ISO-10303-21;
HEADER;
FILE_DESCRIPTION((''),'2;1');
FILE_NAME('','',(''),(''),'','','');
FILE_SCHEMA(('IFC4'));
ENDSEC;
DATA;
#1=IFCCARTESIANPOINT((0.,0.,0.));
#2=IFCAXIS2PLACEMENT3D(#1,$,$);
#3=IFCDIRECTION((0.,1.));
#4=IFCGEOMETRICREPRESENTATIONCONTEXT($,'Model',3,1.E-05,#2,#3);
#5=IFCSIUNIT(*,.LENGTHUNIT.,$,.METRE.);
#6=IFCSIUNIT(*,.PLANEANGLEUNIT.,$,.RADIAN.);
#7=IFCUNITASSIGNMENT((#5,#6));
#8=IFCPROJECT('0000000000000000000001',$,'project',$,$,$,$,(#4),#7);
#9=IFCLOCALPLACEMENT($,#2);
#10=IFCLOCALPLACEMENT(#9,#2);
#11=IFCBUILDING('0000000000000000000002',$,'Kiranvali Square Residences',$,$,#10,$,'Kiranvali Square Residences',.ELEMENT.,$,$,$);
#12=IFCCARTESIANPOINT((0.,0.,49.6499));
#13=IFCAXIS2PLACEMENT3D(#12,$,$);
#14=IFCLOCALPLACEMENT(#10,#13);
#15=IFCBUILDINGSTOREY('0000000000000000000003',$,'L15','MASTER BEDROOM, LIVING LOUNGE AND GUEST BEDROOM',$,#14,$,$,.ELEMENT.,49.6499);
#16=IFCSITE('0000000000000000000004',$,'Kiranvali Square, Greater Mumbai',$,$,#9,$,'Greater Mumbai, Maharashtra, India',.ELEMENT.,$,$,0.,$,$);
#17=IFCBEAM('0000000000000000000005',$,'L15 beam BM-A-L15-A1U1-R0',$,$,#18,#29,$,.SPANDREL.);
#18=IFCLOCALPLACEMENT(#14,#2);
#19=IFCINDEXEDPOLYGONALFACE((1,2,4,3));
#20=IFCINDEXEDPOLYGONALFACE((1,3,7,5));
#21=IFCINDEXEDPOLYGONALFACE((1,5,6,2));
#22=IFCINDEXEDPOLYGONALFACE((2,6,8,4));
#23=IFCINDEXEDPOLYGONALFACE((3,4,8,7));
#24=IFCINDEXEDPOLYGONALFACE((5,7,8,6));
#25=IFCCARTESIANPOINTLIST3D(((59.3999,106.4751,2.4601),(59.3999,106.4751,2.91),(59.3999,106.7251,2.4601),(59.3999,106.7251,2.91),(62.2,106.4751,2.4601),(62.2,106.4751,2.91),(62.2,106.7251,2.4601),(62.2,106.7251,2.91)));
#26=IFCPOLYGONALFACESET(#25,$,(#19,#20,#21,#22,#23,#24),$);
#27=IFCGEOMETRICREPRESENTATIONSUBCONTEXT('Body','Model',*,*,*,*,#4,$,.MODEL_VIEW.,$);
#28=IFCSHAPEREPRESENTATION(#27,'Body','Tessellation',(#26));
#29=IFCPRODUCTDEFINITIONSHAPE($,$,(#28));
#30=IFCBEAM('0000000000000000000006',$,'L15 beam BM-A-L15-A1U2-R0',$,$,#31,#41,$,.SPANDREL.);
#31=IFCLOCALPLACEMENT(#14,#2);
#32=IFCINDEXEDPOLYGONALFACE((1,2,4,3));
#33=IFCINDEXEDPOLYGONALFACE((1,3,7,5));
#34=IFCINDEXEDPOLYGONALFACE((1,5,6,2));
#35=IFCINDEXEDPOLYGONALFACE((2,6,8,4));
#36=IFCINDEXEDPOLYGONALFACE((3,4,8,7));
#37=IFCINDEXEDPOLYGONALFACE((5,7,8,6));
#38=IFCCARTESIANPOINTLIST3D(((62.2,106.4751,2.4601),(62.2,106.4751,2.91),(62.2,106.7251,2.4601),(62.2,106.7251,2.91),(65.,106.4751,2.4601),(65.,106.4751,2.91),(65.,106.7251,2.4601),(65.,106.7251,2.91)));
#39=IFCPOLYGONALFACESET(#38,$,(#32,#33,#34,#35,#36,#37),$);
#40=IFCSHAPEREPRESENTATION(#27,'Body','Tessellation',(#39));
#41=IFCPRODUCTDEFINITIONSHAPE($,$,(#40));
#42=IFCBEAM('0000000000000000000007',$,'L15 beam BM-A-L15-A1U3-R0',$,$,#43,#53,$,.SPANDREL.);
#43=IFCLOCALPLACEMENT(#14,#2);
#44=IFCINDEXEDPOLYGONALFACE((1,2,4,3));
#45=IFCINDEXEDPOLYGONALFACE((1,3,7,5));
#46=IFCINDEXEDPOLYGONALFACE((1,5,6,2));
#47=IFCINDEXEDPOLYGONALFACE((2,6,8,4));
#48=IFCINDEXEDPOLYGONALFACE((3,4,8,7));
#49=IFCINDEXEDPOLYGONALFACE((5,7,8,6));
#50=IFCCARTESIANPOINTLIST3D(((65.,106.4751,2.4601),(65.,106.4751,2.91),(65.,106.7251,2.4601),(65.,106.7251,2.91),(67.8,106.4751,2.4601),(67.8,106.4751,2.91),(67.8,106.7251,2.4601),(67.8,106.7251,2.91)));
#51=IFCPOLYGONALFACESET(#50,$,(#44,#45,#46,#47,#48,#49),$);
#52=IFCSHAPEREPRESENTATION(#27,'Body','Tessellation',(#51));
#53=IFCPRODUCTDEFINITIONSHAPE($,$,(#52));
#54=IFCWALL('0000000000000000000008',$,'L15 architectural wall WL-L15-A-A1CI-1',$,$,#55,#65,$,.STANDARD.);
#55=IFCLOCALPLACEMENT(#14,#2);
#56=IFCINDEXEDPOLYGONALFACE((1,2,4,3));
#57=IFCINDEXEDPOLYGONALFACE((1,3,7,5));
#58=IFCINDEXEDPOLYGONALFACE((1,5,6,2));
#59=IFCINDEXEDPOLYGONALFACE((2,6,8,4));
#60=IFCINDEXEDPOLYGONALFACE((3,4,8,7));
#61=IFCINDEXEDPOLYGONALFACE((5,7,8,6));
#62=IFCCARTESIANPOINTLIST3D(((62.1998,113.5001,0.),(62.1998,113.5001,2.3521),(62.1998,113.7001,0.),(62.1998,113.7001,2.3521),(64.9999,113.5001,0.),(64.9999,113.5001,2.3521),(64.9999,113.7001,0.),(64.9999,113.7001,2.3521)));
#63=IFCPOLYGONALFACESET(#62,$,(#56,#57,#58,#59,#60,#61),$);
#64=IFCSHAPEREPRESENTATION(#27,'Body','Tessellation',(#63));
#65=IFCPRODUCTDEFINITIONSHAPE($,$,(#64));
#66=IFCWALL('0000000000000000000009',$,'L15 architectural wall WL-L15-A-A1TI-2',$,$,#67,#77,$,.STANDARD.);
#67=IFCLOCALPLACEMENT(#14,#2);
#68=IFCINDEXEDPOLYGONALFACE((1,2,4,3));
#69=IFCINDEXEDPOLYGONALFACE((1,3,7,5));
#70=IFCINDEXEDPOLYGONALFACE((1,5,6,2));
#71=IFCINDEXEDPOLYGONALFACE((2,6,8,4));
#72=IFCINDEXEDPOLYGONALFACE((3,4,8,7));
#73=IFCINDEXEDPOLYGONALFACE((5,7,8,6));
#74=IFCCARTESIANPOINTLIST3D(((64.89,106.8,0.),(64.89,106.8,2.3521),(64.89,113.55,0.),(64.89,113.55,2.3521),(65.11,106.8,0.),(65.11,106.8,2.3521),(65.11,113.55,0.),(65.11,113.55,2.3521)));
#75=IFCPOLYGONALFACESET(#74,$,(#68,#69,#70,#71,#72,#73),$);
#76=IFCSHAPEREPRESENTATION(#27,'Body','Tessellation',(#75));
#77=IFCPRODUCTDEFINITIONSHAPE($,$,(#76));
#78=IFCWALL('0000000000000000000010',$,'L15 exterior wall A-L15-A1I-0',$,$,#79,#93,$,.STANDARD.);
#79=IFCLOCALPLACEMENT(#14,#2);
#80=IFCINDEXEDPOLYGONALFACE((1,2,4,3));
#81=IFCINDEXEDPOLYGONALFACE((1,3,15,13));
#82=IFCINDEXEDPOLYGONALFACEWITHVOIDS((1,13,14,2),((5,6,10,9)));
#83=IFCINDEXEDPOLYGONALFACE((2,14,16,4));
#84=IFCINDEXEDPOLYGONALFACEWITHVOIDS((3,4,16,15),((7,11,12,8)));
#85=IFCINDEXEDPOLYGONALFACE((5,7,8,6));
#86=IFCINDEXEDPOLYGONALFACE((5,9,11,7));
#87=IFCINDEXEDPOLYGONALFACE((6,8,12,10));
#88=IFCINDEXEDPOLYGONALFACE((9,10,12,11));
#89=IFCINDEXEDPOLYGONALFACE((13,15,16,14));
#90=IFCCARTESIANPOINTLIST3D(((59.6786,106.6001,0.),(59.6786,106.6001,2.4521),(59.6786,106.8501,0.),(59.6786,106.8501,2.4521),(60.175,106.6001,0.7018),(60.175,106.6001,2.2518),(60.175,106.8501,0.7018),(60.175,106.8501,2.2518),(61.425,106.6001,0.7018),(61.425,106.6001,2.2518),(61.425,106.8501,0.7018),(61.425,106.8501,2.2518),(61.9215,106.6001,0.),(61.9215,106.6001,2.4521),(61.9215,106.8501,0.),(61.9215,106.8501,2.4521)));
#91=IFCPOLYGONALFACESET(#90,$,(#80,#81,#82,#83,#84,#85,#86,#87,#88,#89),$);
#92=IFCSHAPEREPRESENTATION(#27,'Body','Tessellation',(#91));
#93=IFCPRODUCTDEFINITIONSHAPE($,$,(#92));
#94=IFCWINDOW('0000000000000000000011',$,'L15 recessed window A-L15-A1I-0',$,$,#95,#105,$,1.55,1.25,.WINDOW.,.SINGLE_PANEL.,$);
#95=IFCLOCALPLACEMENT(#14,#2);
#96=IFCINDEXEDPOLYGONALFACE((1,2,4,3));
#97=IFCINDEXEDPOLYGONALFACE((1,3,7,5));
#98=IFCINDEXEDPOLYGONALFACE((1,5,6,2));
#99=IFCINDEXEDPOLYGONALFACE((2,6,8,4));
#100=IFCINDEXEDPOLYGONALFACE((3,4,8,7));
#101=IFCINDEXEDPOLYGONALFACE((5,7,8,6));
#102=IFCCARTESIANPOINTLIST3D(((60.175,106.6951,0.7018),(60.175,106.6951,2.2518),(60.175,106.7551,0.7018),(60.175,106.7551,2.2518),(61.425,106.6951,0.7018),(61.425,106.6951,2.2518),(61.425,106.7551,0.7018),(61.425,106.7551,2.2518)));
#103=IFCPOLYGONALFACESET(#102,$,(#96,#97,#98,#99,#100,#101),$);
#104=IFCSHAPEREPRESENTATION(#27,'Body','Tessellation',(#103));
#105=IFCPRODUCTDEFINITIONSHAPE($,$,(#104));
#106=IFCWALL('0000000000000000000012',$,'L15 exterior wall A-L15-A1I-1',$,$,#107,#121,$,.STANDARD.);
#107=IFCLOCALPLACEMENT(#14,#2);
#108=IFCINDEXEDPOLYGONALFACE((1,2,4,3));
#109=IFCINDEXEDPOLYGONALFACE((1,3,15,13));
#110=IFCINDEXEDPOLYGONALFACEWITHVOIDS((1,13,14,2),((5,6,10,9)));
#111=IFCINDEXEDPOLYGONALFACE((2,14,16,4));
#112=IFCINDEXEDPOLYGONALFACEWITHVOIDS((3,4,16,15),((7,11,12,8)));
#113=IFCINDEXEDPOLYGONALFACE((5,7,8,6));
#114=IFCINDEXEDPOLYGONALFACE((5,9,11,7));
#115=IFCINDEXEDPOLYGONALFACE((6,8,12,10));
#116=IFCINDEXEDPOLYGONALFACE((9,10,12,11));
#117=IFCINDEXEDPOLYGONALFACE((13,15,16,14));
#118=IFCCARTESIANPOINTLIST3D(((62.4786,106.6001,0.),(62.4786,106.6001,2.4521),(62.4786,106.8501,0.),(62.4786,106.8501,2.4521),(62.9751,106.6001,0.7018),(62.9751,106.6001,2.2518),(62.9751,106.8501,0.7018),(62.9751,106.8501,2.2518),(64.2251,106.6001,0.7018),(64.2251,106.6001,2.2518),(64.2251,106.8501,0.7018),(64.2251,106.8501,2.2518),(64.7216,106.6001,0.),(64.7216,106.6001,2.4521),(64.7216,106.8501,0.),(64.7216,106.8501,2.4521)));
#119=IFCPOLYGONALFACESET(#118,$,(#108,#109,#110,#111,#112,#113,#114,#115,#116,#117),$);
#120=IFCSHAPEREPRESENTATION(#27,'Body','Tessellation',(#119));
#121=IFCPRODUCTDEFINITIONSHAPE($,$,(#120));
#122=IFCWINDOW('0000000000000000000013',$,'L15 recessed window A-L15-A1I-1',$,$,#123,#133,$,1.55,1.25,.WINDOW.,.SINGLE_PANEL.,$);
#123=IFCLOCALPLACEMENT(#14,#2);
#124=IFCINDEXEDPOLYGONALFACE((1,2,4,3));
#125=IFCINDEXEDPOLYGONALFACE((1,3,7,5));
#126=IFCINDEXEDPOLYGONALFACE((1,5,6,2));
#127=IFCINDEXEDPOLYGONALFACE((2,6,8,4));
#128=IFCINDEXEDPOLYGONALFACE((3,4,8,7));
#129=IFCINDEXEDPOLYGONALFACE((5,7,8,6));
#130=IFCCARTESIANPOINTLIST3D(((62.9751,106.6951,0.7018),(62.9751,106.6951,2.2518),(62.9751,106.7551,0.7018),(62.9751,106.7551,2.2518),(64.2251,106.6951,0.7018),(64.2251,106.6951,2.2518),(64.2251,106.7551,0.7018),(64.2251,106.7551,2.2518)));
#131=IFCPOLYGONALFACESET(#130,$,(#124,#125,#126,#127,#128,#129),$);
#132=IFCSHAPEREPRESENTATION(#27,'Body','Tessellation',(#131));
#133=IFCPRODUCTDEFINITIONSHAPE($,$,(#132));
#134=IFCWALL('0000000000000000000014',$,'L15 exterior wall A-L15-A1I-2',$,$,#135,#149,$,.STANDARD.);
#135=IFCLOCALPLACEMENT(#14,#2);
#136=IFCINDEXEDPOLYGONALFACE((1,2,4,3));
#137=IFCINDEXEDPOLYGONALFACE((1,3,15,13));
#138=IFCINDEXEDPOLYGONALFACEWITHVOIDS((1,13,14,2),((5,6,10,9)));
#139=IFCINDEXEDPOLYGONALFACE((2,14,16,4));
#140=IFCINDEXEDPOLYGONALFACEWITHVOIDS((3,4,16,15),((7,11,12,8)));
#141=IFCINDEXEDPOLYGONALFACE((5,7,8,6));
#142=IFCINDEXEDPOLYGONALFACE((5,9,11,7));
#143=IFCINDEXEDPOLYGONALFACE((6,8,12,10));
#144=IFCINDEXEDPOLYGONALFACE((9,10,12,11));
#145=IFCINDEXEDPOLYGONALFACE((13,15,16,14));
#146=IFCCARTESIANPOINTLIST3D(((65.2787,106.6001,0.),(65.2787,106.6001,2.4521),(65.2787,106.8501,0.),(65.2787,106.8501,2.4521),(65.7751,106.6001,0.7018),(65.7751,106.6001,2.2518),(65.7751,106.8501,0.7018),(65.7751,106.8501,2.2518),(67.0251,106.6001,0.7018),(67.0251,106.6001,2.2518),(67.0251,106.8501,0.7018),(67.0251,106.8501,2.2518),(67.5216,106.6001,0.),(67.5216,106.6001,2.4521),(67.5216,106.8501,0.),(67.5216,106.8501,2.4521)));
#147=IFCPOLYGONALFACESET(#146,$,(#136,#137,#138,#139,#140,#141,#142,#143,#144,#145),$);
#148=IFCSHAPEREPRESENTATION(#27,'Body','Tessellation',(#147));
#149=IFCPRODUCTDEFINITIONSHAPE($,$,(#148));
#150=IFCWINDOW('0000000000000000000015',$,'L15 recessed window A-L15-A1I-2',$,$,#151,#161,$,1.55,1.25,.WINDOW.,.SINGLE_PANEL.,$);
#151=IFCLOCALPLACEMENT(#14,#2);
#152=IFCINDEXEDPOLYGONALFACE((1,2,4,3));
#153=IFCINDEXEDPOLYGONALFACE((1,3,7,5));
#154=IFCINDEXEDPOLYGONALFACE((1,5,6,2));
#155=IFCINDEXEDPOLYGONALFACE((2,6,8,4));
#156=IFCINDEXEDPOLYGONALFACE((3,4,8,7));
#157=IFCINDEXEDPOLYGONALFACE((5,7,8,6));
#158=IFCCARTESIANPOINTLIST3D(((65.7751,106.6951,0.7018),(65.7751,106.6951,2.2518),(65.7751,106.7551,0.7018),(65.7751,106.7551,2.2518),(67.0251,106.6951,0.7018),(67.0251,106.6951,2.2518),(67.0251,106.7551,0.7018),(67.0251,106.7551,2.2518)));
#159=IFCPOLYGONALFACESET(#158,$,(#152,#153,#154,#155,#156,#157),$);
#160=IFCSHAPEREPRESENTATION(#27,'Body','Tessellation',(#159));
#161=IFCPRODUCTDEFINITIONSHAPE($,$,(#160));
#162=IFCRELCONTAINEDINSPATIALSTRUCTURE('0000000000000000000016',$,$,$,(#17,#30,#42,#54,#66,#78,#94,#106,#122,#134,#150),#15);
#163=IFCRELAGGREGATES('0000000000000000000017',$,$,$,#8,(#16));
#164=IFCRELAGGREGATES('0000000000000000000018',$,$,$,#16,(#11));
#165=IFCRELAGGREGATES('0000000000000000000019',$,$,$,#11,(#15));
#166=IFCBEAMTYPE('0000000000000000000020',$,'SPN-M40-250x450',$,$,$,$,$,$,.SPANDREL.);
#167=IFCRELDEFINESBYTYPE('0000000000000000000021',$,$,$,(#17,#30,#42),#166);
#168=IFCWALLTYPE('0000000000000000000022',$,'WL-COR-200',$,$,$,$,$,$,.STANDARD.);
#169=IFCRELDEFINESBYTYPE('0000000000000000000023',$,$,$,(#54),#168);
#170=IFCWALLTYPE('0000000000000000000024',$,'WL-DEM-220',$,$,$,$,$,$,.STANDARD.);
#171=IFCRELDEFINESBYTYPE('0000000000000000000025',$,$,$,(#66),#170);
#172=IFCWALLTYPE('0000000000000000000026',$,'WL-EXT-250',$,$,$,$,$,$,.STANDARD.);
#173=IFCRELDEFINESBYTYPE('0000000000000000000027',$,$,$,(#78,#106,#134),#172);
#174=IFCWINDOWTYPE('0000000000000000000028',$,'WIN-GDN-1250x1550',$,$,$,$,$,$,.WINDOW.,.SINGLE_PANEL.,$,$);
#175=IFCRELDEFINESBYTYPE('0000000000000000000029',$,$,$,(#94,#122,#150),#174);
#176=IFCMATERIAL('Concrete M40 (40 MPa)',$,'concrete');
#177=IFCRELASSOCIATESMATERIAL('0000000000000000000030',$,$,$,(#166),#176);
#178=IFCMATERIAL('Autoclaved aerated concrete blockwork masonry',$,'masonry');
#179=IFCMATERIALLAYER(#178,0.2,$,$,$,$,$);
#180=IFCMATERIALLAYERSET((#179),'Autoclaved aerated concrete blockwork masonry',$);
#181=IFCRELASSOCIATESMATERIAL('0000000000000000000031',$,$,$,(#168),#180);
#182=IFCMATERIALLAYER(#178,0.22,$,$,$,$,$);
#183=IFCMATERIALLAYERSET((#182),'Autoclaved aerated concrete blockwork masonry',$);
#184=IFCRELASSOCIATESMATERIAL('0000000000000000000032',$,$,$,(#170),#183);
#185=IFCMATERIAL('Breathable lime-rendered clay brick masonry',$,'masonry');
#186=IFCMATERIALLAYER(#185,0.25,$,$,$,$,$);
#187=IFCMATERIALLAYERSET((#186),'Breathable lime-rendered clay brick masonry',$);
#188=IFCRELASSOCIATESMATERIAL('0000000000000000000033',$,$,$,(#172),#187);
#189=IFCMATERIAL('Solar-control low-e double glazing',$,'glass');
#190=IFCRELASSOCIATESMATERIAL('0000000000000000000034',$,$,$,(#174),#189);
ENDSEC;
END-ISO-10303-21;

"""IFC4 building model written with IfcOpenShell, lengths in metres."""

from ifc_helpers import new_model, si_unit, direction, frame, frame_2d, origin, origin_2d, place, context, subcontext, project, spatial, rectangle, extrude, material, layer, layer_set, material_profile, profile_set, type_object, element, fill, save


model = new_model("IFC4")

# Units and contexts
model_context = context("Model", 3, precision=1e-05, world=origin(), true_north=direction((0.0, 1.0)))
body_context = subcontext(model_context, "Body", "Model", "MODEL_VIEW")
ifc_project = project(units=[si_unit("LENGTHUNIT", "METRE"), si_unit("PLANEANGLEUNIT", "RADIAN")], contexts=[model_context])

# Site, building, storey
site_placement = place(None, origin())
site = spatial("IfcSite", under=ifc_project, at=site_placement, Name="Kiranvali Square, Greater Mumbai", LongName="Greater Mumbai, Maharashtra, India", CompositionType="ELEMENT", RefElevation=0.0)
building_placement = place(site_placement, origin())
building = spatial("IfcBuilding", under=site, at=building_placement, Name="Kiranvali Square Residences", LongName="Kiranvali Square Residences", CompositionType="ELEMENT")
storey_placement = place(building_placement, frame((0.0, 0.0, 49.6499)))
storey = spatial("IfcBuildingStorey", under=building, at=storey_placement, Name="L15", Description="MASTER BEDROOM, LIVING LOUNGE AND GUEST BEDROOM", CompositionType="ELEMENT", Elevation=49.6499)

# Shared definitions
ifc_material_1 = material(Name="Concrete M40 (40 MPa)", Category="concrete")

# Beams
ifc_material_profile_1 = material_profile(ifc_material_1, rectangle(XDim=0.25, YDim=0.45, at=origin_2d()), Name="RC 250x450")
ifc_profile_set_1 = profile_set([ifc_material_profile_1], Name="Concrete M40 (40 MPa)")
beam_type_1 = type_object("IfcBeamType", Name="SPN-M40-250x450", PredefinedType="SPANDREL", material=ifc_profile_set_1)
for number, where, z_axis, x_axis, name in (
    (1, (59.3999, 106.6001, 2.6851), (1.0, 0.0, 0.0), (0.0, 1.0, 0.0), "L15 beam BM-A-L15-A1U1-R0"),
    (2, (62.2, 106.6001, 2.6851), (1.0, 0.0, 0.0), (0.0, 1.0, 0.0), "L15 beam BM-A-L15-A1U2-R0"),
    (3, (65.0, 106.6001, 2.6851), (1.0, 0.0, 0.0), (0.0, 1.0, 0.0), "L15 beam BM-A-L15-A1U3-R0"),
):
    element("IfcBeam", number, at=place(storey_placement, frame(where, z_axis=z_axis, x_axis=x_axis)), inside=storey, type_object=beam_type_1, Name=name, PredefinedType="SPANDREL", context=body_context, shape_type="SweptSolid", body=[
        extrude(rectangle(XDim=0.25, YDim=0.45, at=origin_2d()), origin(), (0.0, 0.0, 1.0), 2.8),
    ])

# Shared definitions
ifc_material_2 = material(Name="Autoclaved aerated concrete blockwork masonry", Category="masonry")
ifc_layer_1 = layer(ifc_material_2, 0.2)
ifc_layer_set_1 = layer_set([ifc_layer_1], Name="Autoclaved aerated concrete blockwork masonry")
wall_type_1 = type_object("IfcWallType", Name="WL-COR-200", PredefinedType="STANDARD", material=ifc_layer_set_1)

# Walls
wall_1_placement = place(storey_placement, frame((62.2, 113.6001, 0.0), z_axis=(0.0, 0.0, 1.0), x_axis=(1.0, 0.0, 0.0)))
element("IfcWall", 4, at=wall_1_placement, inside=storey, type_object=wall_type_1, Name="L15 architectural wall WL-L15-A-A1CI-1", PredefinedType="STANDARD", context=body_context, shape_type="SweptSolid", body=[
    extrude(rectangle(XDim=2.8, YDim=0.2, at=frame_2d((1.3999, 0.0))), origin(), (0.0, 0.0, 1.0), 2.3521),
])
ifc_layer_2 = layer(ifc_material_2, 0.22)
ifc_layer_set_2 = layer_set([ifc_layer_2], Name="Autoclaved aerated concrete blockwork masonry")
wall_type_2 = type_object("IfcWallType", Name="WL-DEM-220", PredefinedType="STANDARD", material=ifc_layer_set_2)
wall_2_placement = place(storey_placement, frame((65.0, 106.8, 0.0), z_axis=(0.0, 0.0, 1.0), x_axis=(0.0, 1.0, 0.0)))
element("IfcWall", 5, at=wall_2_placement, inside=storey, type_object=wall_type_2, Name="L15 architectural wall WL-L15-A-A1TI-2", PredefinedType="STANDARD", context=body_context, shape_type="SweptSolid", body=[
    extrude(rectangle(XDim=6.75, YDim=0.22, at=frame_2d((3.375, 0.0))), origin(), (0.0, 0.0, 1.0), 2.3521),
])

# Walls, openings, windows
ifc_material_3 = material(Name="Breathable lime-rendered clay brick masonry", Category="masonry")
ifc_layer_3 = layer(ifc_material_3, 0.25)
ifc_layer_set_3 = layer_set([ifc_layer_3], Name="Breathable lime-rendered clay brick masonry")
wall_type_3 = type_object("IfcWallType", Name="WL-EXT-250", PredefinedType="STANDARD", material=ifc_layer_set_3)
wall_3_placement = place(storey_placement, frame((59.6785, 106.7251, 0.0), z_axis=(0.0, 0.0, 1.0), x_axis=(1.0, 0.0, 0.0)))
wall_3 = element("IfcWall", 6, at=wall_3_placement, inside=storey, type_object=wall_type_3, Name="L15 exterior wall A-L15-A1I-0", PredefinedType="STANDARD", context=body_context, shape_type="SweptSolid", body=[
    extrude(rectangle(XDim=2.2429, YDim=0.25, at=frame_2d((1.1216, 0.0))), origin(), (0.0, 0.0, 1.0), 2.4521),
])
opening_1_placement = place(wall_3_placement, frame((0.4966, 0.0, 0.7019)))
opening_1 = element("IfcOpeningElement", 7, at=opening_1_placement, cuts=wall_3, PredefinedType="OPENING", context=body_context, shape_type="SweptSolid", body=[
    extrude(rectangle(XDim=1.25, YDim=1.55, at=frame_2d((0.625, 0.7749))), frame((0.0, 0.135, 0.0), z_axis=(0.0, -1.0, 0.0), x_axis=(1.0, 0.0, 0.0)), (0.0, 0.0, 1.0), 0.27),
])
ifc_material_4 = material(Name="Solar-control low-e double glazing", Category="glass")
window_type_1 = type_object("IfcWindowType", Name="WIN-GDN-1250x1550", PartitioningType="SINGLE_PANEL", PredefinedType="WINDOW", material=ifc_material_4)
window_1_placement = place(opening_1_placement, origin())
window_1 = element("IfcWindow", 8, at=window_1_placement, inside=storey, type_object=window_type_1, Name="L15 recessed window A-L15-A1I-0", OverallHeight=1.55, OverallWidth=1.25, PartitioningType="SINGLE_PANEL", PredefinedType="WINDOW", context=body_context, shape_type="SweptSolid", body=[
    extrude(rectangle(XDim=1.25, YDim=1.55, at=frame_2d((0.625, 0.7749))), frame((0.0, 0.03, 0.0), z_axis=(0.0, -1.0, 0.0), x_axis=(1.0, 0.0, 0.0)), (0.0, 0.0, 1.0), 0.0601),
])
fill(opening_1, window_1)
wall_4_placement = place(storey_placement, frame((62.4785, 106.7251, 0.0), z_axis=(0.0, 0.0, 1.0), x_axis=(1.0, 0.0, 0.0)))
wall_4 = element("IfcWall", 9, at=wall_4_placement, inside=storey, type_object=wall_type_3, Name="L15 exterior wall A-L15-A1I-1", PredefinedType="STANDARD", context=body_context, shape_type="SweptSolid", body=[
    extrude(rectangle(XDim=2.2429, YDim=0.25, at=frame_2d((1.1216, 0.0))), origin(), (0.0, 0.0, 1.0), 2.4521),
])
opening_2_placement = place(wall_4_placement, frame((0.4966, 0.0, 0.7019)))
opening_2 = element("IfcOpeningElement", 10, at=opening_2_placement, cuts=wall_4, PredefinedType="OPENING", context=body_context, shape_type="SweptSolid", body=[
    extrude(rectangle(XDim=1.25, YDim=1.55, at=frame_2d((0.625, 0.7749))), frame((0.0, 0.135, 0.0), z_axis=(0.0, -1.0, 0.0), x_axis=(1.0, 0.0, 0.0)), (0.0, 0.0, 1.0), 0.27),
])
window_2_placement = place(opening_2_placement, origin())
window_2 = element("IfcWindow", 11, at=window_2_placement, inside=storey, type_object=window_type_1, Name="L15 recessed window A-L15-A1I-1", OverallHeight=1.55, OverallWidth=1.25, PartitioningType="SINGLE_PANEL", PredefinedType="WINDOW", context=body_context, shape_type="SweptSolid", body=[
    extrude(rectangle(XDim=1.25, YDim=1.55, at=frame_2d((0.625, 0.7749))), frame((0.0, 0.03, 0.0), z_axis=(0.0, -1.0, 0.0), x_axis=(1.0, 0.0, 0.0)), (0.0, 0.0, 1.0), 0.0601),
])
fill(opening_2, window_2)
wall_5_placement = place(storey_placement, frame((65.2786, 106.7251, 0.0), z_axis=(0.0, 0.0, 1.0), x_axis=(1.0, 0.0, 0.0)))
wall_5 = element("IfcWall", 12, at=wall_5_placement, inside=storey, type_object=wall_type_3, Name="L15 exterior wall A-L15-A1I-2", PredefinedType="STANDARD", context=body_context, shape_type="SweptSolid", body=[
    extrude(rectangle(XDim=2.2429, YDim=0.25, at=frame_2d((1.1216, 0.0))), origin(), (0.0, 0.0, 1.0), 2.4521),
])
opening_3_placement = place(wall_5_placement, frame((0.4966, 0.0, 0.7019)))
opening_3 = element("IfcOpeningElement", 13, at=opening_3_placement, cuts=wall_5, PredefinedType="OPENING", context=body_context, shape_type="SweptSolid", body=[
    extrude(rectangle(XDim=1.25, YDim=1.55, at=frame_2d((0.625, 0.7749))), frame((0.0, 0.135, 0.0), z_axis=(0.0, -1.0, 0.0), x_axis=(1.0, 0.0, 0.0)), (0.0, 0.0, 1.0), 0.27),
])
window_3_placement = place(opening_3_placement, origin())
window_3 = element("IfcWindow", 14, at=window_3_placement, inside=storey, type_object=window_type_1, Name="L15 recessed window A-L15-A1I-2", OverallHeight=1.55, OverallWidth=1.25, PartitioningType="SINGLE_PANEL", PredefinedType="WINDOW", context=body_context, shape_type="SweptSolid", body=[
    extrude(rectangle(XDim=1.25, YDim=1.55, at=frame_2d((0.625, 0.7749))), frame((0.0, 0.03, 0.0), z_axis=(0.0, -1.0, 0.0), x_axis=(1.0, 0.0, 0.0)), (0.0, 0.0, 1.0), 0.0601),
])
fill(opening_3, window_3)

save(model, "model.ifc")
